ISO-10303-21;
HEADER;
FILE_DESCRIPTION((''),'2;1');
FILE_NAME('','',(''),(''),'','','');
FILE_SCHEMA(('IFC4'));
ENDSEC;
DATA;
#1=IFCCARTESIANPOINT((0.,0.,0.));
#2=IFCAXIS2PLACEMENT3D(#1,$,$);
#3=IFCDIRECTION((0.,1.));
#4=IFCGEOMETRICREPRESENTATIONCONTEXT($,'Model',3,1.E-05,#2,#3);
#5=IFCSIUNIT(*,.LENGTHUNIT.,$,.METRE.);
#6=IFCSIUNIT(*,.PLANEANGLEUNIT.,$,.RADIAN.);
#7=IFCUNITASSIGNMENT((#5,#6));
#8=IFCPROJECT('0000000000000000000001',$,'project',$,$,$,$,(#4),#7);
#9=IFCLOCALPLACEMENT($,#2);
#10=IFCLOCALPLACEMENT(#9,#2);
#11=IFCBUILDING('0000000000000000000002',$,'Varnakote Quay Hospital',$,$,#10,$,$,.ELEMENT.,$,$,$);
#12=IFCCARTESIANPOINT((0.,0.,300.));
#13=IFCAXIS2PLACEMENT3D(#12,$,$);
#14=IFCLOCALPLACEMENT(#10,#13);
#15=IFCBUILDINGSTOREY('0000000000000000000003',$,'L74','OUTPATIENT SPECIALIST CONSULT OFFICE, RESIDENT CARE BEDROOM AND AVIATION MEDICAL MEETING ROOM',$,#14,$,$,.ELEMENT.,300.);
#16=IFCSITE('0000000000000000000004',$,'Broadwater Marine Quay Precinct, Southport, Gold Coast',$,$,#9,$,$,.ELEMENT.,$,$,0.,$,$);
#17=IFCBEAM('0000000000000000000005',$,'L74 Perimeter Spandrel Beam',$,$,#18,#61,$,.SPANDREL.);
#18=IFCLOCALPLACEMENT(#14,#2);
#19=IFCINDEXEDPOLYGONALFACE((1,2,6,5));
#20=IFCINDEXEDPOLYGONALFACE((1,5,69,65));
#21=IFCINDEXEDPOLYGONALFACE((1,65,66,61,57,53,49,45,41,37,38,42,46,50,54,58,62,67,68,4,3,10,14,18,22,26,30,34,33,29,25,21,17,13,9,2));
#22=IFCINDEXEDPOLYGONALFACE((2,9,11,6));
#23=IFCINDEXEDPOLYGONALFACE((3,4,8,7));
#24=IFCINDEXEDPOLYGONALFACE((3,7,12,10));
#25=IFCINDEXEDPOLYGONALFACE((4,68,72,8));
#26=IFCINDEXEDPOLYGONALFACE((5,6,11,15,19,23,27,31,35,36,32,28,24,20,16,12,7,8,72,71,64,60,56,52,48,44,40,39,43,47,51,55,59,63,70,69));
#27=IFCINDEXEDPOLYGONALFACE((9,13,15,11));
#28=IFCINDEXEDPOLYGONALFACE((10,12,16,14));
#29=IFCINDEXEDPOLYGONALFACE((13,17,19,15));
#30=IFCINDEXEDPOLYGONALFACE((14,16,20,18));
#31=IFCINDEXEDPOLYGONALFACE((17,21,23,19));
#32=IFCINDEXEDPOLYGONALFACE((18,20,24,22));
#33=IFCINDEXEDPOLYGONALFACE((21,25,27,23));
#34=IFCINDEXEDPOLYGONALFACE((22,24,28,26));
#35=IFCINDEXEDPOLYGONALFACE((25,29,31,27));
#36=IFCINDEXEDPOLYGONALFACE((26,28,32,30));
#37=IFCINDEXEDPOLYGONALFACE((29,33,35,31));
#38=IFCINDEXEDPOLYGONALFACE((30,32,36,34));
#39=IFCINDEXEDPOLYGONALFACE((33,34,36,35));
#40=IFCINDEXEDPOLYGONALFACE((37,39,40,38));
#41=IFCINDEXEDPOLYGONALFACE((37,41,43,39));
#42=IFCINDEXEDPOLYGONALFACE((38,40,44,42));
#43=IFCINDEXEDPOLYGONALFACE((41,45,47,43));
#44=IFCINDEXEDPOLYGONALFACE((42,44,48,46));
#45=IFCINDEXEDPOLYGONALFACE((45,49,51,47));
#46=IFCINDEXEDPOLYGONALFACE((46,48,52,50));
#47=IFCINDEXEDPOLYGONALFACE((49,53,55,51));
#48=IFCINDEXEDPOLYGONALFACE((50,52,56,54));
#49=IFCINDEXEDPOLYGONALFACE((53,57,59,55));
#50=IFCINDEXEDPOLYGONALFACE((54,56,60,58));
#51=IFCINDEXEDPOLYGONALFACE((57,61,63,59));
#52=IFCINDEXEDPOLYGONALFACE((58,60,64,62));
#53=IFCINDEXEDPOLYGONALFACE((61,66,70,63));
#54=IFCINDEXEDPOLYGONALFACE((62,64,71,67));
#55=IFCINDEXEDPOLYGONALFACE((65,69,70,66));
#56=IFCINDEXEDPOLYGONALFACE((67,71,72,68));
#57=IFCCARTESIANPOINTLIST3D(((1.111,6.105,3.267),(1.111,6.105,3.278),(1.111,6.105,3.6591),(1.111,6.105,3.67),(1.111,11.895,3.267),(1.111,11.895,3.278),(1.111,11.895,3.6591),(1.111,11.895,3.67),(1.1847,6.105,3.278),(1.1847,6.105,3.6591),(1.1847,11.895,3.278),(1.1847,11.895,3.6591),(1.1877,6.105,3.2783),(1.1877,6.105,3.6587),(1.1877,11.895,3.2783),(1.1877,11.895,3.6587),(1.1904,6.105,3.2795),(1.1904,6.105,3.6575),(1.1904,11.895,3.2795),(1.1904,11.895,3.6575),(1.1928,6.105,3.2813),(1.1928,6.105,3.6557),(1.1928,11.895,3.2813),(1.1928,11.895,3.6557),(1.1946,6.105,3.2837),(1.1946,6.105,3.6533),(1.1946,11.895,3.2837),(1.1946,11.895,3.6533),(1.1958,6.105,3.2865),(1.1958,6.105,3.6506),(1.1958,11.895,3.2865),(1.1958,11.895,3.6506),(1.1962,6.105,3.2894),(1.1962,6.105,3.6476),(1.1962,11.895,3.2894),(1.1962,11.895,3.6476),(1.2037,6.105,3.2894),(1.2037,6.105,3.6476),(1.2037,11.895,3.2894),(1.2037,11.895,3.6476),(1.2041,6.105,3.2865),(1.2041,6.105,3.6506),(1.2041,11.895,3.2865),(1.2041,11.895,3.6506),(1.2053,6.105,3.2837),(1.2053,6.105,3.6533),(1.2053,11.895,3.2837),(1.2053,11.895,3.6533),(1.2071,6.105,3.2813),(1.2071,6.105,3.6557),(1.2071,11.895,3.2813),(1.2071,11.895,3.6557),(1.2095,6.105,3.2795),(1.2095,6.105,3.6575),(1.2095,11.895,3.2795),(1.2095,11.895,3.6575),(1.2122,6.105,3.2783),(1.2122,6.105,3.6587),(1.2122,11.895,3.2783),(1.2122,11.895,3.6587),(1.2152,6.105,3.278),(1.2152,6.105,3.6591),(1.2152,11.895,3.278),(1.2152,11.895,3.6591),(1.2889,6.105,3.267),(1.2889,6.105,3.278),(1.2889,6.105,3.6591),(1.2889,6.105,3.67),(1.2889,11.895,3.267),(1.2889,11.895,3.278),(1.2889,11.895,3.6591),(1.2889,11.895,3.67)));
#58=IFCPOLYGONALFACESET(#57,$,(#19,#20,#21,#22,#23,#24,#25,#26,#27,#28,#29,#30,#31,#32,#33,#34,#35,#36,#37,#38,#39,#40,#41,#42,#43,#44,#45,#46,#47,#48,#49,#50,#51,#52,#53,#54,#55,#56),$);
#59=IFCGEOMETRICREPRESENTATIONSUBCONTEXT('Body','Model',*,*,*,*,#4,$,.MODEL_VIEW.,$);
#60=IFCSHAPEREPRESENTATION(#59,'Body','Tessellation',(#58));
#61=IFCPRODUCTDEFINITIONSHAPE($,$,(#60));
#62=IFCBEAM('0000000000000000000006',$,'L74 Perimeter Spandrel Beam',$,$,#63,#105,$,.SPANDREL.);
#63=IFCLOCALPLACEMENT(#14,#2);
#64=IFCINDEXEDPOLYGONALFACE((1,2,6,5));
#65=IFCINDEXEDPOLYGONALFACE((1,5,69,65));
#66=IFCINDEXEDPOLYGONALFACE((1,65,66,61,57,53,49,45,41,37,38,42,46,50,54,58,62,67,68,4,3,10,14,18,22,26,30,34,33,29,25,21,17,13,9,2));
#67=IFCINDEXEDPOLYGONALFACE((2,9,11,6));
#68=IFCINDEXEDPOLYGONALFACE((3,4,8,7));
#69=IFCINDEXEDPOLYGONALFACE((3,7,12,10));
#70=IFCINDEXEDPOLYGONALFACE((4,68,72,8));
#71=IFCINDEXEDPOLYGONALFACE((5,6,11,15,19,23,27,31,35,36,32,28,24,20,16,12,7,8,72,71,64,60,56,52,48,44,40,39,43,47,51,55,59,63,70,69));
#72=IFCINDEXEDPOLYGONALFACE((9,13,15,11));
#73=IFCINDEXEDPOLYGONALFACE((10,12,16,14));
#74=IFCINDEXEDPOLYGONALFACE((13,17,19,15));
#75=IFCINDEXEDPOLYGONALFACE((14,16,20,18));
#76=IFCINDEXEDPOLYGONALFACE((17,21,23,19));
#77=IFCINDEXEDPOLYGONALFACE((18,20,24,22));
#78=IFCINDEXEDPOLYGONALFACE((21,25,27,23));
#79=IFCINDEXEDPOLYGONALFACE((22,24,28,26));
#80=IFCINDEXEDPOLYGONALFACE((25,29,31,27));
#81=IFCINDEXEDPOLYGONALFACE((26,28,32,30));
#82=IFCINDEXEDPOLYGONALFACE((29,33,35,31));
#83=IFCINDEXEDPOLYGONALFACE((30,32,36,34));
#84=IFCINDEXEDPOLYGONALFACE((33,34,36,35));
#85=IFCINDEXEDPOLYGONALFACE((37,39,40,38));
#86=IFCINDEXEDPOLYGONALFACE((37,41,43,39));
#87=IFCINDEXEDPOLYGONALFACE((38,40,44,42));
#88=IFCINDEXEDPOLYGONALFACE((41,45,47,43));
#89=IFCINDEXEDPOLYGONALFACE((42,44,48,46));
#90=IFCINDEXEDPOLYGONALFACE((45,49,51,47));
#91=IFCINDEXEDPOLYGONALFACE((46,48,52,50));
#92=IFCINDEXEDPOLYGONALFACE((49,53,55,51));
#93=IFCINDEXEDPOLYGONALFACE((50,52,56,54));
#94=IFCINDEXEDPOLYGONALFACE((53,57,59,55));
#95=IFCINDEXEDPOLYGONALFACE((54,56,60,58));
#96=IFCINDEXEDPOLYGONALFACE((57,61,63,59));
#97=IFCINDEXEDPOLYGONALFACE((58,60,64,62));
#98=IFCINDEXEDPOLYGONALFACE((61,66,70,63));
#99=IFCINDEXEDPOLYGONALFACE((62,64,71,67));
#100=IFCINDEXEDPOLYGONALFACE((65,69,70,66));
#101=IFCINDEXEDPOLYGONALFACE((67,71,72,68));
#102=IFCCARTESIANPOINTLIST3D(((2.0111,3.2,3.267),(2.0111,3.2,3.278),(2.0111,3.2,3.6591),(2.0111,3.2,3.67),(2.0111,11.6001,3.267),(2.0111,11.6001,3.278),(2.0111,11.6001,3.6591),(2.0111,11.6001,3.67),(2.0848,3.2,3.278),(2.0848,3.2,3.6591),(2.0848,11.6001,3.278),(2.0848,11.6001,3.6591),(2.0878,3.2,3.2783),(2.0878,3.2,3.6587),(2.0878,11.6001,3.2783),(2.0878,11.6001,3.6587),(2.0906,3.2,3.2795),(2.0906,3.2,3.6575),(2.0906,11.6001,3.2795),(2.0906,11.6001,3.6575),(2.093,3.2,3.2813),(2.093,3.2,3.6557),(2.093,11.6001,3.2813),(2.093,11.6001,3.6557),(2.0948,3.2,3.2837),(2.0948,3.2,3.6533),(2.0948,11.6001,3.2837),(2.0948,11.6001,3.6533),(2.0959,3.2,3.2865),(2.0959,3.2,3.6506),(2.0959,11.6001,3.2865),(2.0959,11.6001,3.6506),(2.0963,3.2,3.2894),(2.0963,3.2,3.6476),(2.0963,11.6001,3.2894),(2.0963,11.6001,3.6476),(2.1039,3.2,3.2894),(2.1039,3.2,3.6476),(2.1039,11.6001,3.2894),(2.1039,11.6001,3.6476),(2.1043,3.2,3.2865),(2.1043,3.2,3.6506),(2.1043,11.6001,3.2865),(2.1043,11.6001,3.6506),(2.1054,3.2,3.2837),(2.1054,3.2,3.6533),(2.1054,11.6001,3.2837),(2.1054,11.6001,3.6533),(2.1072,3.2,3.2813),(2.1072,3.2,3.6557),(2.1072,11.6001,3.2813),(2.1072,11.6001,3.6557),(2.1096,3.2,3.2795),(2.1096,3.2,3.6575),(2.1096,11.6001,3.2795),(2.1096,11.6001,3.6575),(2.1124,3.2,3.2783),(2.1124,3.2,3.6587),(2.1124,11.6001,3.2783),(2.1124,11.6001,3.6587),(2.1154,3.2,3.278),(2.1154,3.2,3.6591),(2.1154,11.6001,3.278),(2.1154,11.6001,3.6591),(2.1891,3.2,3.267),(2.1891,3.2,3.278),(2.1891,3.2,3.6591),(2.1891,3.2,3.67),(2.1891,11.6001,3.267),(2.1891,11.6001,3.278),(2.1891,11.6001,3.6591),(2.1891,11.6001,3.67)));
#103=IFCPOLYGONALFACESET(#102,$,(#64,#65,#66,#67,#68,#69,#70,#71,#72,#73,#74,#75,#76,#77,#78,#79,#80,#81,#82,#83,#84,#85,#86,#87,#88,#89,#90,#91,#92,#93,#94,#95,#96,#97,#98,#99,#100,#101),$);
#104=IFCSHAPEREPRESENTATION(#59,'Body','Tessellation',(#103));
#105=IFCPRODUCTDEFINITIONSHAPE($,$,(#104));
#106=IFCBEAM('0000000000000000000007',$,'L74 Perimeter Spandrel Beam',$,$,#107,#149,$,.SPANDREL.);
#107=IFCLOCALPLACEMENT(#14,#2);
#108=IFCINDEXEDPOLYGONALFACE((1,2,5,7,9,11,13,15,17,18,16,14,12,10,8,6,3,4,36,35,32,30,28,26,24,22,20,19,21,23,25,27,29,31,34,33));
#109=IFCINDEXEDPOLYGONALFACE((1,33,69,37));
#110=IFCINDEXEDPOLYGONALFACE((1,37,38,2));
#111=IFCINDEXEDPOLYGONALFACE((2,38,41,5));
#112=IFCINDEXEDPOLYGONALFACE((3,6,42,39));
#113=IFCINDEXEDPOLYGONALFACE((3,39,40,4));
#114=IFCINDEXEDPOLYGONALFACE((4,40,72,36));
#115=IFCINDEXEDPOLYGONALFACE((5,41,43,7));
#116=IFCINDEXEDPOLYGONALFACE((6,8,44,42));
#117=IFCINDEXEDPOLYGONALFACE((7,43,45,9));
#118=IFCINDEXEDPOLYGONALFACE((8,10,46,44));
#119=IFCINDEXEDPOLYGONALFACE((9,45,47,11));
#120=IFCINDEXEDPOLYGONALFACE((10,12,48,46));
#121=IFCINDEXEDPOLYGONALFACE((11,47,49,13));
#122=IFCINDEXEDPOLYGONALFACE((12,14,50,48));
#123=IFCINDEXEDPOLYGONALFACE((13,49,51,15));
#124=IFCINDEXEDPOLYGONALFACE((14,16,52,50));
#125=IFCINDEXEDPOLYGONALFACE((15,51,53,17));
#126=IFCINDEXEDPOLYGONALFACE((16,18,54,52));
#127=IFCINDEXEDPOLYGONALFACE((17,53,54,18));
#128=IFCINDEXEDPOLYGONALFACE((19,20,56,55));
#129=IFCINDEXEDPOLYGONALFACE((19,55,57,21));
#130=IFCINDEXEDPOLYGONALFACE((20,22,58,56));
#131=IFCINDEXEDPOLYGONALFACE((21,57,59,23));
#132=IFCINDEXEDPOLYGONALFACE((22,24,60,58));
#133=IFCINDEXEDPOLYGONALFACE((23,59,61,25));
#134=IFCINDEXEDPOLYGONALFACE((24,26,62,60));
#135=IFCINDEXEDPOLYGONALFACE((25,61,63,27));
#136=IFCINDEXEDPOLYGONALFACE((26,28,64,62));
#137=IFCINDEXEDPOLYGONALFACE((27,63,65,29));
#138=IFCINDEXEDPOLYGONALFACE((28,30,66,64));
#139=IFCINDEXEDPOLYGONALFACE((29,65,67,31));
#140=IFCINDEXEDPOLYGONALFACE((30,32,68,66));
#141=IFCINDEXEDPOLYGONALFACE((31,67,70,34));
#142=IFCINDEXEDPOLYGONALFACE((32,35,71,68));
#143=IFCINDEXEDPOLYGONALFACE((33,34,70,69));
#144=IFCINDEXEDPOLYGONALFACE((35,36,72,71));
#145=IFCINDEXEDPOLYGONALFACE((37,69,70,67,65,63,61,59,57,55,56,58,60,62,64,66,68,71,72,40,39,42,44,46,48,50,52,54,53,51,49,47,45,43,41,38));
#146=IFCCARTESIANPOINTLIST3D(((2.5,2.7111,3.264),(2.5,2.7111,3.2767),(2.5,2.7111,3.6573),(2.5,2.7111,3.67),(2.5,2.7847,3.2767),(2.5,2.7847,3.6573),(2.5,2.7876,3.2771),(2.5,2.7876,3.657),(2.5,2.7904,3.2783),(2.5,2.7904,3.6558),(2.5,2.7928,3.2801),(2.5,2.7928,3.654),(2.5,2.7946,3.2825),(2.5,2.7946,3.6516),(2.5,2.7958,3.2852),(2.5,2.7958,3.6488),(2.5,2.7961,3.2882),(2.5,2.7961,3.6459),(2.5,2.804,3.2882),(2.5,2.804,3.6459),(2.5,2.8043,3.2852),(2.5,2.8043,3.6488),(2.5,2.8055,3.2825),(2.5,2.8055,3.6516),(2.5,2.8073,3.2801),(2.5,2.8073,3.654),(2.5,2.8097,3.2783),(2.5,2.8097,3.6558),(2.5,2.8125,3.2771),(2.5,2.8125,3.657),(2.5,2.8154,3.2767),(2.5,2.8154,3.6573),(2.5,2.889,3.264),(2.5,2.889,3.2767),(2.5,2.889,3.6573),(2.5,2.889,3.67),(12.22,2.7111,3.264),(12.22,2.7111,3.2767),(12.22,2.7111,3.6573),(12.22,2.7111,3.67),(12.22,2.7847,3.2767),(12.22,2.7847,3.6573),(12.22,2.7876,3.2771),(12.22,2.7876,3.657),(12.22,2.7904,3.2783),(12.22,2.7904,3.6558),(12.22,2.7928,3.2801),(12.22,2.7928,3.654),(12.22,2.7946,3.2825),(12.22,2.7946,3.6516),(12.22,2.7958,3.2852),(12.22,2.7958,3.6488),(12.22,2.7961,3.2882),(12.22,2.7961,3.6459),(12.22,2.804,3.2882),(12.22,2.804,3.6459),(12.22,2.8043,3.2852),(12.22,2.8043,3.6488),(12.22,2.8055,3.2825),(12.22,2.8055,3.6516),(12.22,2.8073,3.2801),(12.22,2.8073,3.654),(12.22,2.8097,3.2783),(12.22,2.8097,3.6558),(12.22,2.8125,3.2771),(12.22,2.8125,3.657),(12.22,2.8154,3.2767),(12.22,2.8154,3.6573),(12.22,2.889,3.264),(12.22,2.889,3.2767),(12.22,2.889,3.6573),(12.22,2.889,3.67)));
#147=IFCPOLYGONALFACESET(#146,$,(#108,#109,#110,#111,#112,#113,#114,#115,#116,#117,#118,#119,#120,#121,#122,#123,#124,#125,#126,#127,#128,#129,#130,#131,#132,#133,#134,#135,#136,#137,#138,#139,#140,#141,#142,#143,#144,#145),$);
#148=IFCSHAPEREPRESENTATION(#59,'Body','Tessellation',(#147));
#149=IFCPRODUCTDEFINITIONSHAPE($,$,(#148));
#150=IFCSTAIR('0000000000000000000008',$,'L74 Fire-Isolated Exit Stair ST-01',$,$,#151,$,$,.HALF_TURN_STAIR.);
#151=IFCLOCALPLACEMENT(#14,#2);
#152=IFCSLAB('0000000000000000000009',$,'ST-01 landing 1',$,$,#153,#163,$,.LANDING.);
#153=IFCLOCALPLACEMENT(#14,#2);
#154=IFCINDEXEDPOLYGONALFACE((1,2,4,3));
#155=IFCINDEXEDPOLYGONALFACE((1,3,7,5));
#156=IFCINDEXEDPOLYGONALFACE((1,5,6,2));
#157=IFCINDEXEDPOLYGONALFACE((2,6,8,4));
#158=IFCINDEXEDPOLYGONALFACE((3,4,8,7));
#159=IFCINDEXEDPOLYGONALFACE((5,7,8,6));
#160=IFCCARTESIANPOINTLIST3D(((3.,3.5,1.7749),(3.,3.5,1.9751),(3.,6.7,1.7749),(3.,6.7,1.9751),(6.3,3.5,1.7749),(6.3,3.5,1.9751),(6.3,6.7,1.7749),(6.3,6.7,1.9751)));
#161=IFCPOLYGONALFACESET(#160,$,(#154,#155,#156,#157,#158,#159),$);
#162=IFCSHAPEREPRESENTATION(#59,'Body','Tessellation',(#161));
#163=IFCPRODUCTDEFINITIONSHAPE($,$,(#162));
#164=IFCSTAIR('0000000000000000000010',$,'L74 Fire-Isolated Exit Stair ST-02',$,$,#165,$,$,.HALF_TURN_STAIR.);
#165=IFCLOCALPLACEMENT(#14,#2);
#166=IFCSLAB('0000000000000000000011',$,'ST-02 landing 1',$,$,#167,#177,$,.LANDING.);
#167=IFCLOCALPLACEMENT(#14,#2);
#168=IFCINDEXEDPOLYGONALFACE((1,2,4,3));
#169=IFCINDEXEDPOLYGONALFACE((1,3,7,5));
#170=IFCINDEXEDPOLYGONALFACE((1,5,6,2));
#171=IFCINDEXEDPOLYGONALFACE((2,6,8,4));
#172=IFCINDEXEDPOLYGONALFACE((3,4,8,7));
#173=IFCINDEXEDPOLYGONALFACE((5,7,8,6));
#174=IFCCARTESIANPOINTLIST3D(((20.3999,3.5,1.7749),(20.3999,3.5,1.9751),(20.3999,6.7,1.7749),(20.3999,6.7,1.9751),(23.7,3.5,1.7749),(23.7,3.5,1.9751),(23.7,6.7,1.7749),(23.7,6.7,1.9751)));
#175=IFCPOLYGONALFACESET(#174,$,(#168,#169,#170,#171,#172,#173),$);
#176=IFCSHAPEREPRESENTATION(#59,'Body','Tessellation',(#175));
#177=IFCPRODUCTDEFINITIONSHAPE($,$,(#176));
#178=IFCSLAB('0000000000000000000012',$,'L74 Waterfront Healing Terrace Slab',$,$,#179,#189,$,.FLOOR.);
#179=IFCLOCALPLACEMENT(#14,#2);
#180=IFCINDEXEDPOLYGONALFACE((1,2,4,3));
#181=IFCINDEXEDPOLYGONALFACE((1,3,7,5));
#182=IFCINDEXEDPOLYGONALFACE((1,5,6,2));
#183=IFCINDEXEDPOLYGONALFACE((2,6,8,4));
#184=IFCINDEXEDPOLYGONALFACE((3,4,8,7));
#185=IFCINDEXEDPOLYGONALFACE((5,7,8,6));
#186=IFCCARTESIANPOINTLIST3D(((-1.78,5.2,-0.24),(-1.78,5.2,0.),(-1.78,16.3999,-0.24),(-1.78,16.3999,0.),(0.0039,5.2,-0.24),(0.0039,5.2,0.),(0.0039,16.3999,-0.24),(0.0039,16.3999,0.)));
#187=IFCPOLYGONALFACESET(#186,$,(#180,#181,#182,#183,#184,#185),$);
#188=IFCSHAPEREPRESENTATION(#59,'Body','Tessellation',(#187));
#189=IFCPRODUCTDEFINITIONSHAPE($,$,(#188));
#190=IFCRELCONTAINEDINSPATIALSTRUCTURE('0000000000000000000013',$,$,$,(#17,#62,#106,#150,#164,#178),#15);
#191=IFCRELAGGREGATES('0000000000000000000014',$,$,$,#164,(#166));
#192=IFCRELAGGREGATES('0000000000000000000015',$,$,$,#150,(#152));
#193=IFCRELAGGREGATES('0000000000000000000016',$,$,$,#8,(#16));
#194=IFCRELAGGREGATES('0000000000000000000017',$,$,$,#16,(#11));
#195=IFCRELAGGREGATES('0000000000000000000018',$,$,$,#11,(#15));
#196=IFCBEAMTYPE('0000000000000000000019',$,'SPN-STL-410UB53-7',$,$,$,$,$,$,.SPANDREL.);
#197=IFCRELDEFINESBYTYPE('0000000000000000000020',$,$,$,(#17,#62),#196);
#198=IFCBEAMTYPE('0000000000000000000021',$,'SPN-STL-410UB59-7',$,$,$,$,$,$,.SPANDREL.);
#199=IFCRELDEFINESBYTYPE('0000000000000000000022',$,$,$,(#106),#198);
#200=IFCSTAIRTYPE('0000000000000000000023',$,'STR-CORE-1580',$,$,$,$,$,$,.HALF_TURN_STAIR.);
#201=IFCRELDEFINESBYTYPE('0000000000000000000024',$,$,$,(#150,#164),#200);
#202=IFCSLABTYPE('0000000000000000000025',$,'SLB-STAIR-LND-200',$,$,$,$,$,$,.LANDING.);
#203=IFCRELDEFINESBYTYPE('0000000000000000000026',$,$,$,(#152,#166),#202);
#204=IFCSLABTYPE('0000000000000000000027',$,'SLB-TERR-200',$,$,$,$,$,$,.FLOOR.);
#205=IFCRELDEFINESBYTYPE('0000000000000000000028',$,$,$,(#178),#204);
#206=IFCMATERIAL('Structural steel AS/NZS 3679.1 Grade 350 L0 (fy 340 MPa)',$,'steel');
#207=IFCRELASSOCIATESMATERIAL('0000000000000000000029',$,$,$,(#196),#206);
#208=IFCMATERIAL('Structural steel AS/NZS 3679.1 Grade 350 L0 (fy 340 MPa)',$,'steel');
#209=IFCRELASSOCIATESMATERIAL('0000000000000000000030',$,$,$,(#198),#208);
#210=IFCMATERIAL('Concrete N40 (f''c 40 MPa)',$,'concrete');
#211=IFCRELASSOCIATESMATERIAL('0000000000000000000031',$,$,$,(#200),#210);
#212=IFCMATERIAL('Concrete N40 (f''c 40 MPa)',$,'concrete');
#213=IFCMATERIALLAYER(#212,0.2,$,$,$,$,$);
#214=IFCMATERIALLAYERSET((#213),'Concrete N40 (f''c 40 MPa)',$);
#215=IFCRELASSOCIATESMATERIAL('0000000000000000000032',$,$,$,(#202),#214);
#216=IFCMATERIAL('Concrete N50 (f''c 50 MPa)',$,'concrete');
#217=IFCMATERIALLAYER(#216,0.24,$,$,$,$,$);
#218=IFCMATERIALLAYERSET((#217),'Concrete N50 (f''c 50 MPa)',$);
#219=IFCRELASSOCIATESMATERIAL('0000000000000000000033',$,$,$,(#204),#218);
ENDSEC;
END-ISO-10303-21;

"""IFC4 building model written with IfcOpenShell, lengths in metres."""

from ifc_helpers import new_model, si_unit, direction, frame, origin, origin_2d, place, context, subcontext, project, spatial, polyline, i_section, outline, extrude, material, layer, layer_set, material_profile, profile_set, type_object, element, aggregate, save


model = new_model("IFC4")

# Units and contexts
model_context = context("Model", 3, precision=1e-05, world=origin(), true_north=direction((0.0, 1.0)))
body_context = subcontext(model_context, "Body", "Model", "MODEL_VIEW")
ifc_project = project(units=[si_unit("LENGTHUNIT", "METRE"), si_unit("PLANEANGLEUNIT", "RADIAN")], contexts=[model_context])

# Site, building, storey
site_placement = place(None, origin())
site = spatial("IfcSite", under=ifc_project, at=site_placement, Name="Broadwater Marine Quay Precinct, Southport, Gold Coast", CompositionType="ELEMENT", RefElevation=0.0)
building_placement = place(site_placement, origin())
building = spatial("IfcBuilding", under=site, at=building_placement, Name="Varnakote Quay Hospital", CompositionType="ELEMENT")
storey_placement = place(building_placement, frame((0.0, 0.0, 300.0)))
storey = spatial("IfcBuildingStorey", under=building, at=storey_placement, Name="L74", Description="OUTPATIENT SPECIALIST CONSULT OFFICE, RESIDENT CARE BEDROOM AND AVIATION MEDICAL MEETING ROOM", CompositionType="ELEMENT", Elevation=300.0)

# Beams
ifc_material_1 = material(Name="Structural steel AS/NZS 3679.1 Grade 350 L0 (fy 340 MPa)", Category="steel")
ifc_material_profile_1 = material_profile(ifc_material_1, i_section(OverallWidth=0.178, OverallDepth=0.4031, WebThickness=0.0076, FlangeThickness=0.011, FilletRadius=0.0115, at=origin_2d()), Name="410UB53.7")
ifc_profile_set_1 = profile_set([ifc_material_profile_1], Name="Structural steel AS/NZS 3679.1 Grade 350 L0 (fy 340 MPa)")
beam_type_1 = type_object("IfcBeamType", Name="SPN-STL-410UB53-7", PredefinedType="SPANDREL", material=ifc_profile_set_1)
beam_1_placement = place(storey_placement, frame((1.2, 6.105, 3.4685), z_axis=(0.0, 1.0, 0.0), x_axis=(-1.0, 0.0, 0.0)))
element("IfcBeam", 1, at=beam_1_placement, inside=storey, type_object=beam_type_1, Name="L74 Perimeter Spandrel Beam", PredefinedType="SPANDREL", context=body_context, shape_type="SweptSolid", body=[
    extrude(i_section(OverallWidth=0.178, OverallDepth=0.4031, WebThickness=0.0076, FlangeThickness=0.011, FilletRadius=0.0115, at=origin_2d()), origin(), (0.0, 0.0, 1.0), 5.79),
])
beam_2_placement = place(storey_placement, frame((2.1001, 3.2, 3.4685), z_axis=(0.0, 1.0, 0.0), x_axis=(-1.0, 0.0, 0.0)))
element("IfcBeam", 2, at=beam_2_placement, inside=storey, type_object=beam_type_1, Name="L74 Perimeter Spandrel Beam", PredefinedType="SPANDREL", context=body_context, shape_type="SweptSolid", body=[
    extrude(i_section(OverallWidth=0.178, OverallDepth=0.4031, WebThickness=0.0076, FlangeThickness=0.011, FilletRadius=0.0115, at=origin_2d()), origin(), (0.0, 0.0, 1.0), 8.4001),
])
ifc_material_2 = material(Name="Structural steel AS/NZS 3679.1 Grade 350 L0 (fy 340 MPa)", Category="steel")
ifc_material_profile_2 = material_profile(ifc_material_2, i_section(OverallWidth=0.178, OverallDepth=0.406, WebThickness=0.0078, FlangeThickness=0.0127, FilletRadius=0.0115, at=origin_2d()), Name="410UB59.7")
ifc_profile_set_2 = profile_set([ifc_material_profile_2], Name="Structural steel AS/NZS 3679.1 Grade 350 L0 (fy 340 MPa)")
beam_type_2 = type_object("IfcBeamType", Name="SPN-STL-410UB59-7", PredefinedType="SPANDREL", material=ifc_profile_set_2)
beam_3_placement = place(storey_placement, frame((2.5, 2.8, 3.467), z_axis=(1.0, 0.0, 0.0), x_axis=(0.0, 1.0, 0.0)))
element("IfcBeam", 3, at=beam_3_placement, inside=storey, type_object=beam_type_2, Name="L74 Perimeter Spandrel Beam", PredefinedType="SPANDREL", context=body_context, shape_type="SweptSolid", body=[
    extrude(i_section(OverallWidth=0.178, OverallDepth=0.406, WebThickness=0.0078, FlangeThickness=0.0127, FilletRadius=0.0115, at=origin_2d()), origin(), (0.0, 0.0, 1.0), 9.72),
])

# Stairs, slabs
ifc_material_3 = material(Name="Concrete N40 (f'c 40 MPa)", Category="concrete")
stair_type = type_object("IfcStairType", Name="STR-CORE-1580", PredefinedType="HALF_TURN_STAIR", material=ifc_material_3)
stair_1_placement = place(storey_placement, origin())
stair_1 = element("IfcStair", 4, at=stair_1_placement, inside=storey, type_object=stair_type, Name="L74 Fire-Isolated Exit Stair ST-01", PredefinedType="HALF_TURN_STAIR")
ifc_material_4 = material(Name="Concrete N40 (f'c 40 MPa)", Category="concrete")
ifc_layer_1 = layer(ifc_material_4, 0.2)
ifc_layer_set_1 = layer_set([ifc_layer_1], Name="Concrete N40 (f'c 40 MPa)")
slab_type_1 = type_object("IfcSlabType", Name="SLB-STAIR-LND-200", PredefinedType="LANDING", material=ifc_layer_set_1)
slab_1_placement = place(storey_placement, frame((0.0, 0.0, 1.7749)))
slab_1 = element("IfcSlab", 5, at=slab_1_placement, type_object=slab_type_1, Name="ST-01 landing 1", PredefinedType="LANDING", context=body_context, shape_type="SweptSolid", body=[
    extrude(outline(polyline([(3.0, 6.7), (3.0, 3.5), (6.3, 3.5), (6.3, 6.7), (3.0, 6.7)])), origin(), (0.0, 0.0, 1.0), 0.2002),
])
stair_2_placement = place(storey_placement, origin())
stair_2 = element("IfcStair", 6, at=stair_2_placement, inside=storey, type_object=stair_type, Name="L74 Fire-Isolated Exit Stair ST-02", PredefinedType="HALF_TURN_STAIR")
slab_2_placement = place(storey_placement, frame((0.0, 0.0, 1.7749)))
slab_2 = element("IfcSlab", 7, at=slab_2_placement, type_object=slab_type_1, Name="ST-02 landing 1", PredefinedType="LANDING", context=body_context, shape_type="SweptSolid", body=[
    extrude(outline(polyline([(20.3999, 6.7), (20.3999, 3.5), (23.7, 3.5), (23.7, 6.7), (20.3999, 6.7)])), origin(), (0.0, 0.0, 1.0), 0.2002),
])
aggregate(stair_2, [slab_2])

# Slab
ifc_material_5 = material(Name="Concrete N50 (f'c 50 MPa)", Category="concrete")
ifc_layer_2 = layer(ifc_material_5, 0.24)
ifc_layer_set_2 = layer_set([ifc_layer_2], Name="Concrete N50 (f'c 50 MPa)")
slab_type_2 = type_object("IfcSlabType", Name="SLB-TERR-200", PredefinedType="FLOOR", material=ifc_layer_set_2)
slab_3_placement = place(storey_placement, frame((0.0, 0.0, -0.24)))
element("IfcSlab", 8, at=slab_3_placement, inside=storey, type_object=slab_type_2, Name="L74 Waterfront Healing Terrace Slab", PredefinedType="FLOOR", context=body_context, shape_type="SweptSolid", body=[
    extrude(outline(polyline([(0.0039, 5.2), (0.0039, 16.3999), (-1.78, 16.3999), (-1.78, 5.2), (0.0039, 5.2)])), origin(), (0.0, 0.0, 1.0), 0.24),
])

aggregate(stair_1, [slab_1])

save(model, "model.ifc")
